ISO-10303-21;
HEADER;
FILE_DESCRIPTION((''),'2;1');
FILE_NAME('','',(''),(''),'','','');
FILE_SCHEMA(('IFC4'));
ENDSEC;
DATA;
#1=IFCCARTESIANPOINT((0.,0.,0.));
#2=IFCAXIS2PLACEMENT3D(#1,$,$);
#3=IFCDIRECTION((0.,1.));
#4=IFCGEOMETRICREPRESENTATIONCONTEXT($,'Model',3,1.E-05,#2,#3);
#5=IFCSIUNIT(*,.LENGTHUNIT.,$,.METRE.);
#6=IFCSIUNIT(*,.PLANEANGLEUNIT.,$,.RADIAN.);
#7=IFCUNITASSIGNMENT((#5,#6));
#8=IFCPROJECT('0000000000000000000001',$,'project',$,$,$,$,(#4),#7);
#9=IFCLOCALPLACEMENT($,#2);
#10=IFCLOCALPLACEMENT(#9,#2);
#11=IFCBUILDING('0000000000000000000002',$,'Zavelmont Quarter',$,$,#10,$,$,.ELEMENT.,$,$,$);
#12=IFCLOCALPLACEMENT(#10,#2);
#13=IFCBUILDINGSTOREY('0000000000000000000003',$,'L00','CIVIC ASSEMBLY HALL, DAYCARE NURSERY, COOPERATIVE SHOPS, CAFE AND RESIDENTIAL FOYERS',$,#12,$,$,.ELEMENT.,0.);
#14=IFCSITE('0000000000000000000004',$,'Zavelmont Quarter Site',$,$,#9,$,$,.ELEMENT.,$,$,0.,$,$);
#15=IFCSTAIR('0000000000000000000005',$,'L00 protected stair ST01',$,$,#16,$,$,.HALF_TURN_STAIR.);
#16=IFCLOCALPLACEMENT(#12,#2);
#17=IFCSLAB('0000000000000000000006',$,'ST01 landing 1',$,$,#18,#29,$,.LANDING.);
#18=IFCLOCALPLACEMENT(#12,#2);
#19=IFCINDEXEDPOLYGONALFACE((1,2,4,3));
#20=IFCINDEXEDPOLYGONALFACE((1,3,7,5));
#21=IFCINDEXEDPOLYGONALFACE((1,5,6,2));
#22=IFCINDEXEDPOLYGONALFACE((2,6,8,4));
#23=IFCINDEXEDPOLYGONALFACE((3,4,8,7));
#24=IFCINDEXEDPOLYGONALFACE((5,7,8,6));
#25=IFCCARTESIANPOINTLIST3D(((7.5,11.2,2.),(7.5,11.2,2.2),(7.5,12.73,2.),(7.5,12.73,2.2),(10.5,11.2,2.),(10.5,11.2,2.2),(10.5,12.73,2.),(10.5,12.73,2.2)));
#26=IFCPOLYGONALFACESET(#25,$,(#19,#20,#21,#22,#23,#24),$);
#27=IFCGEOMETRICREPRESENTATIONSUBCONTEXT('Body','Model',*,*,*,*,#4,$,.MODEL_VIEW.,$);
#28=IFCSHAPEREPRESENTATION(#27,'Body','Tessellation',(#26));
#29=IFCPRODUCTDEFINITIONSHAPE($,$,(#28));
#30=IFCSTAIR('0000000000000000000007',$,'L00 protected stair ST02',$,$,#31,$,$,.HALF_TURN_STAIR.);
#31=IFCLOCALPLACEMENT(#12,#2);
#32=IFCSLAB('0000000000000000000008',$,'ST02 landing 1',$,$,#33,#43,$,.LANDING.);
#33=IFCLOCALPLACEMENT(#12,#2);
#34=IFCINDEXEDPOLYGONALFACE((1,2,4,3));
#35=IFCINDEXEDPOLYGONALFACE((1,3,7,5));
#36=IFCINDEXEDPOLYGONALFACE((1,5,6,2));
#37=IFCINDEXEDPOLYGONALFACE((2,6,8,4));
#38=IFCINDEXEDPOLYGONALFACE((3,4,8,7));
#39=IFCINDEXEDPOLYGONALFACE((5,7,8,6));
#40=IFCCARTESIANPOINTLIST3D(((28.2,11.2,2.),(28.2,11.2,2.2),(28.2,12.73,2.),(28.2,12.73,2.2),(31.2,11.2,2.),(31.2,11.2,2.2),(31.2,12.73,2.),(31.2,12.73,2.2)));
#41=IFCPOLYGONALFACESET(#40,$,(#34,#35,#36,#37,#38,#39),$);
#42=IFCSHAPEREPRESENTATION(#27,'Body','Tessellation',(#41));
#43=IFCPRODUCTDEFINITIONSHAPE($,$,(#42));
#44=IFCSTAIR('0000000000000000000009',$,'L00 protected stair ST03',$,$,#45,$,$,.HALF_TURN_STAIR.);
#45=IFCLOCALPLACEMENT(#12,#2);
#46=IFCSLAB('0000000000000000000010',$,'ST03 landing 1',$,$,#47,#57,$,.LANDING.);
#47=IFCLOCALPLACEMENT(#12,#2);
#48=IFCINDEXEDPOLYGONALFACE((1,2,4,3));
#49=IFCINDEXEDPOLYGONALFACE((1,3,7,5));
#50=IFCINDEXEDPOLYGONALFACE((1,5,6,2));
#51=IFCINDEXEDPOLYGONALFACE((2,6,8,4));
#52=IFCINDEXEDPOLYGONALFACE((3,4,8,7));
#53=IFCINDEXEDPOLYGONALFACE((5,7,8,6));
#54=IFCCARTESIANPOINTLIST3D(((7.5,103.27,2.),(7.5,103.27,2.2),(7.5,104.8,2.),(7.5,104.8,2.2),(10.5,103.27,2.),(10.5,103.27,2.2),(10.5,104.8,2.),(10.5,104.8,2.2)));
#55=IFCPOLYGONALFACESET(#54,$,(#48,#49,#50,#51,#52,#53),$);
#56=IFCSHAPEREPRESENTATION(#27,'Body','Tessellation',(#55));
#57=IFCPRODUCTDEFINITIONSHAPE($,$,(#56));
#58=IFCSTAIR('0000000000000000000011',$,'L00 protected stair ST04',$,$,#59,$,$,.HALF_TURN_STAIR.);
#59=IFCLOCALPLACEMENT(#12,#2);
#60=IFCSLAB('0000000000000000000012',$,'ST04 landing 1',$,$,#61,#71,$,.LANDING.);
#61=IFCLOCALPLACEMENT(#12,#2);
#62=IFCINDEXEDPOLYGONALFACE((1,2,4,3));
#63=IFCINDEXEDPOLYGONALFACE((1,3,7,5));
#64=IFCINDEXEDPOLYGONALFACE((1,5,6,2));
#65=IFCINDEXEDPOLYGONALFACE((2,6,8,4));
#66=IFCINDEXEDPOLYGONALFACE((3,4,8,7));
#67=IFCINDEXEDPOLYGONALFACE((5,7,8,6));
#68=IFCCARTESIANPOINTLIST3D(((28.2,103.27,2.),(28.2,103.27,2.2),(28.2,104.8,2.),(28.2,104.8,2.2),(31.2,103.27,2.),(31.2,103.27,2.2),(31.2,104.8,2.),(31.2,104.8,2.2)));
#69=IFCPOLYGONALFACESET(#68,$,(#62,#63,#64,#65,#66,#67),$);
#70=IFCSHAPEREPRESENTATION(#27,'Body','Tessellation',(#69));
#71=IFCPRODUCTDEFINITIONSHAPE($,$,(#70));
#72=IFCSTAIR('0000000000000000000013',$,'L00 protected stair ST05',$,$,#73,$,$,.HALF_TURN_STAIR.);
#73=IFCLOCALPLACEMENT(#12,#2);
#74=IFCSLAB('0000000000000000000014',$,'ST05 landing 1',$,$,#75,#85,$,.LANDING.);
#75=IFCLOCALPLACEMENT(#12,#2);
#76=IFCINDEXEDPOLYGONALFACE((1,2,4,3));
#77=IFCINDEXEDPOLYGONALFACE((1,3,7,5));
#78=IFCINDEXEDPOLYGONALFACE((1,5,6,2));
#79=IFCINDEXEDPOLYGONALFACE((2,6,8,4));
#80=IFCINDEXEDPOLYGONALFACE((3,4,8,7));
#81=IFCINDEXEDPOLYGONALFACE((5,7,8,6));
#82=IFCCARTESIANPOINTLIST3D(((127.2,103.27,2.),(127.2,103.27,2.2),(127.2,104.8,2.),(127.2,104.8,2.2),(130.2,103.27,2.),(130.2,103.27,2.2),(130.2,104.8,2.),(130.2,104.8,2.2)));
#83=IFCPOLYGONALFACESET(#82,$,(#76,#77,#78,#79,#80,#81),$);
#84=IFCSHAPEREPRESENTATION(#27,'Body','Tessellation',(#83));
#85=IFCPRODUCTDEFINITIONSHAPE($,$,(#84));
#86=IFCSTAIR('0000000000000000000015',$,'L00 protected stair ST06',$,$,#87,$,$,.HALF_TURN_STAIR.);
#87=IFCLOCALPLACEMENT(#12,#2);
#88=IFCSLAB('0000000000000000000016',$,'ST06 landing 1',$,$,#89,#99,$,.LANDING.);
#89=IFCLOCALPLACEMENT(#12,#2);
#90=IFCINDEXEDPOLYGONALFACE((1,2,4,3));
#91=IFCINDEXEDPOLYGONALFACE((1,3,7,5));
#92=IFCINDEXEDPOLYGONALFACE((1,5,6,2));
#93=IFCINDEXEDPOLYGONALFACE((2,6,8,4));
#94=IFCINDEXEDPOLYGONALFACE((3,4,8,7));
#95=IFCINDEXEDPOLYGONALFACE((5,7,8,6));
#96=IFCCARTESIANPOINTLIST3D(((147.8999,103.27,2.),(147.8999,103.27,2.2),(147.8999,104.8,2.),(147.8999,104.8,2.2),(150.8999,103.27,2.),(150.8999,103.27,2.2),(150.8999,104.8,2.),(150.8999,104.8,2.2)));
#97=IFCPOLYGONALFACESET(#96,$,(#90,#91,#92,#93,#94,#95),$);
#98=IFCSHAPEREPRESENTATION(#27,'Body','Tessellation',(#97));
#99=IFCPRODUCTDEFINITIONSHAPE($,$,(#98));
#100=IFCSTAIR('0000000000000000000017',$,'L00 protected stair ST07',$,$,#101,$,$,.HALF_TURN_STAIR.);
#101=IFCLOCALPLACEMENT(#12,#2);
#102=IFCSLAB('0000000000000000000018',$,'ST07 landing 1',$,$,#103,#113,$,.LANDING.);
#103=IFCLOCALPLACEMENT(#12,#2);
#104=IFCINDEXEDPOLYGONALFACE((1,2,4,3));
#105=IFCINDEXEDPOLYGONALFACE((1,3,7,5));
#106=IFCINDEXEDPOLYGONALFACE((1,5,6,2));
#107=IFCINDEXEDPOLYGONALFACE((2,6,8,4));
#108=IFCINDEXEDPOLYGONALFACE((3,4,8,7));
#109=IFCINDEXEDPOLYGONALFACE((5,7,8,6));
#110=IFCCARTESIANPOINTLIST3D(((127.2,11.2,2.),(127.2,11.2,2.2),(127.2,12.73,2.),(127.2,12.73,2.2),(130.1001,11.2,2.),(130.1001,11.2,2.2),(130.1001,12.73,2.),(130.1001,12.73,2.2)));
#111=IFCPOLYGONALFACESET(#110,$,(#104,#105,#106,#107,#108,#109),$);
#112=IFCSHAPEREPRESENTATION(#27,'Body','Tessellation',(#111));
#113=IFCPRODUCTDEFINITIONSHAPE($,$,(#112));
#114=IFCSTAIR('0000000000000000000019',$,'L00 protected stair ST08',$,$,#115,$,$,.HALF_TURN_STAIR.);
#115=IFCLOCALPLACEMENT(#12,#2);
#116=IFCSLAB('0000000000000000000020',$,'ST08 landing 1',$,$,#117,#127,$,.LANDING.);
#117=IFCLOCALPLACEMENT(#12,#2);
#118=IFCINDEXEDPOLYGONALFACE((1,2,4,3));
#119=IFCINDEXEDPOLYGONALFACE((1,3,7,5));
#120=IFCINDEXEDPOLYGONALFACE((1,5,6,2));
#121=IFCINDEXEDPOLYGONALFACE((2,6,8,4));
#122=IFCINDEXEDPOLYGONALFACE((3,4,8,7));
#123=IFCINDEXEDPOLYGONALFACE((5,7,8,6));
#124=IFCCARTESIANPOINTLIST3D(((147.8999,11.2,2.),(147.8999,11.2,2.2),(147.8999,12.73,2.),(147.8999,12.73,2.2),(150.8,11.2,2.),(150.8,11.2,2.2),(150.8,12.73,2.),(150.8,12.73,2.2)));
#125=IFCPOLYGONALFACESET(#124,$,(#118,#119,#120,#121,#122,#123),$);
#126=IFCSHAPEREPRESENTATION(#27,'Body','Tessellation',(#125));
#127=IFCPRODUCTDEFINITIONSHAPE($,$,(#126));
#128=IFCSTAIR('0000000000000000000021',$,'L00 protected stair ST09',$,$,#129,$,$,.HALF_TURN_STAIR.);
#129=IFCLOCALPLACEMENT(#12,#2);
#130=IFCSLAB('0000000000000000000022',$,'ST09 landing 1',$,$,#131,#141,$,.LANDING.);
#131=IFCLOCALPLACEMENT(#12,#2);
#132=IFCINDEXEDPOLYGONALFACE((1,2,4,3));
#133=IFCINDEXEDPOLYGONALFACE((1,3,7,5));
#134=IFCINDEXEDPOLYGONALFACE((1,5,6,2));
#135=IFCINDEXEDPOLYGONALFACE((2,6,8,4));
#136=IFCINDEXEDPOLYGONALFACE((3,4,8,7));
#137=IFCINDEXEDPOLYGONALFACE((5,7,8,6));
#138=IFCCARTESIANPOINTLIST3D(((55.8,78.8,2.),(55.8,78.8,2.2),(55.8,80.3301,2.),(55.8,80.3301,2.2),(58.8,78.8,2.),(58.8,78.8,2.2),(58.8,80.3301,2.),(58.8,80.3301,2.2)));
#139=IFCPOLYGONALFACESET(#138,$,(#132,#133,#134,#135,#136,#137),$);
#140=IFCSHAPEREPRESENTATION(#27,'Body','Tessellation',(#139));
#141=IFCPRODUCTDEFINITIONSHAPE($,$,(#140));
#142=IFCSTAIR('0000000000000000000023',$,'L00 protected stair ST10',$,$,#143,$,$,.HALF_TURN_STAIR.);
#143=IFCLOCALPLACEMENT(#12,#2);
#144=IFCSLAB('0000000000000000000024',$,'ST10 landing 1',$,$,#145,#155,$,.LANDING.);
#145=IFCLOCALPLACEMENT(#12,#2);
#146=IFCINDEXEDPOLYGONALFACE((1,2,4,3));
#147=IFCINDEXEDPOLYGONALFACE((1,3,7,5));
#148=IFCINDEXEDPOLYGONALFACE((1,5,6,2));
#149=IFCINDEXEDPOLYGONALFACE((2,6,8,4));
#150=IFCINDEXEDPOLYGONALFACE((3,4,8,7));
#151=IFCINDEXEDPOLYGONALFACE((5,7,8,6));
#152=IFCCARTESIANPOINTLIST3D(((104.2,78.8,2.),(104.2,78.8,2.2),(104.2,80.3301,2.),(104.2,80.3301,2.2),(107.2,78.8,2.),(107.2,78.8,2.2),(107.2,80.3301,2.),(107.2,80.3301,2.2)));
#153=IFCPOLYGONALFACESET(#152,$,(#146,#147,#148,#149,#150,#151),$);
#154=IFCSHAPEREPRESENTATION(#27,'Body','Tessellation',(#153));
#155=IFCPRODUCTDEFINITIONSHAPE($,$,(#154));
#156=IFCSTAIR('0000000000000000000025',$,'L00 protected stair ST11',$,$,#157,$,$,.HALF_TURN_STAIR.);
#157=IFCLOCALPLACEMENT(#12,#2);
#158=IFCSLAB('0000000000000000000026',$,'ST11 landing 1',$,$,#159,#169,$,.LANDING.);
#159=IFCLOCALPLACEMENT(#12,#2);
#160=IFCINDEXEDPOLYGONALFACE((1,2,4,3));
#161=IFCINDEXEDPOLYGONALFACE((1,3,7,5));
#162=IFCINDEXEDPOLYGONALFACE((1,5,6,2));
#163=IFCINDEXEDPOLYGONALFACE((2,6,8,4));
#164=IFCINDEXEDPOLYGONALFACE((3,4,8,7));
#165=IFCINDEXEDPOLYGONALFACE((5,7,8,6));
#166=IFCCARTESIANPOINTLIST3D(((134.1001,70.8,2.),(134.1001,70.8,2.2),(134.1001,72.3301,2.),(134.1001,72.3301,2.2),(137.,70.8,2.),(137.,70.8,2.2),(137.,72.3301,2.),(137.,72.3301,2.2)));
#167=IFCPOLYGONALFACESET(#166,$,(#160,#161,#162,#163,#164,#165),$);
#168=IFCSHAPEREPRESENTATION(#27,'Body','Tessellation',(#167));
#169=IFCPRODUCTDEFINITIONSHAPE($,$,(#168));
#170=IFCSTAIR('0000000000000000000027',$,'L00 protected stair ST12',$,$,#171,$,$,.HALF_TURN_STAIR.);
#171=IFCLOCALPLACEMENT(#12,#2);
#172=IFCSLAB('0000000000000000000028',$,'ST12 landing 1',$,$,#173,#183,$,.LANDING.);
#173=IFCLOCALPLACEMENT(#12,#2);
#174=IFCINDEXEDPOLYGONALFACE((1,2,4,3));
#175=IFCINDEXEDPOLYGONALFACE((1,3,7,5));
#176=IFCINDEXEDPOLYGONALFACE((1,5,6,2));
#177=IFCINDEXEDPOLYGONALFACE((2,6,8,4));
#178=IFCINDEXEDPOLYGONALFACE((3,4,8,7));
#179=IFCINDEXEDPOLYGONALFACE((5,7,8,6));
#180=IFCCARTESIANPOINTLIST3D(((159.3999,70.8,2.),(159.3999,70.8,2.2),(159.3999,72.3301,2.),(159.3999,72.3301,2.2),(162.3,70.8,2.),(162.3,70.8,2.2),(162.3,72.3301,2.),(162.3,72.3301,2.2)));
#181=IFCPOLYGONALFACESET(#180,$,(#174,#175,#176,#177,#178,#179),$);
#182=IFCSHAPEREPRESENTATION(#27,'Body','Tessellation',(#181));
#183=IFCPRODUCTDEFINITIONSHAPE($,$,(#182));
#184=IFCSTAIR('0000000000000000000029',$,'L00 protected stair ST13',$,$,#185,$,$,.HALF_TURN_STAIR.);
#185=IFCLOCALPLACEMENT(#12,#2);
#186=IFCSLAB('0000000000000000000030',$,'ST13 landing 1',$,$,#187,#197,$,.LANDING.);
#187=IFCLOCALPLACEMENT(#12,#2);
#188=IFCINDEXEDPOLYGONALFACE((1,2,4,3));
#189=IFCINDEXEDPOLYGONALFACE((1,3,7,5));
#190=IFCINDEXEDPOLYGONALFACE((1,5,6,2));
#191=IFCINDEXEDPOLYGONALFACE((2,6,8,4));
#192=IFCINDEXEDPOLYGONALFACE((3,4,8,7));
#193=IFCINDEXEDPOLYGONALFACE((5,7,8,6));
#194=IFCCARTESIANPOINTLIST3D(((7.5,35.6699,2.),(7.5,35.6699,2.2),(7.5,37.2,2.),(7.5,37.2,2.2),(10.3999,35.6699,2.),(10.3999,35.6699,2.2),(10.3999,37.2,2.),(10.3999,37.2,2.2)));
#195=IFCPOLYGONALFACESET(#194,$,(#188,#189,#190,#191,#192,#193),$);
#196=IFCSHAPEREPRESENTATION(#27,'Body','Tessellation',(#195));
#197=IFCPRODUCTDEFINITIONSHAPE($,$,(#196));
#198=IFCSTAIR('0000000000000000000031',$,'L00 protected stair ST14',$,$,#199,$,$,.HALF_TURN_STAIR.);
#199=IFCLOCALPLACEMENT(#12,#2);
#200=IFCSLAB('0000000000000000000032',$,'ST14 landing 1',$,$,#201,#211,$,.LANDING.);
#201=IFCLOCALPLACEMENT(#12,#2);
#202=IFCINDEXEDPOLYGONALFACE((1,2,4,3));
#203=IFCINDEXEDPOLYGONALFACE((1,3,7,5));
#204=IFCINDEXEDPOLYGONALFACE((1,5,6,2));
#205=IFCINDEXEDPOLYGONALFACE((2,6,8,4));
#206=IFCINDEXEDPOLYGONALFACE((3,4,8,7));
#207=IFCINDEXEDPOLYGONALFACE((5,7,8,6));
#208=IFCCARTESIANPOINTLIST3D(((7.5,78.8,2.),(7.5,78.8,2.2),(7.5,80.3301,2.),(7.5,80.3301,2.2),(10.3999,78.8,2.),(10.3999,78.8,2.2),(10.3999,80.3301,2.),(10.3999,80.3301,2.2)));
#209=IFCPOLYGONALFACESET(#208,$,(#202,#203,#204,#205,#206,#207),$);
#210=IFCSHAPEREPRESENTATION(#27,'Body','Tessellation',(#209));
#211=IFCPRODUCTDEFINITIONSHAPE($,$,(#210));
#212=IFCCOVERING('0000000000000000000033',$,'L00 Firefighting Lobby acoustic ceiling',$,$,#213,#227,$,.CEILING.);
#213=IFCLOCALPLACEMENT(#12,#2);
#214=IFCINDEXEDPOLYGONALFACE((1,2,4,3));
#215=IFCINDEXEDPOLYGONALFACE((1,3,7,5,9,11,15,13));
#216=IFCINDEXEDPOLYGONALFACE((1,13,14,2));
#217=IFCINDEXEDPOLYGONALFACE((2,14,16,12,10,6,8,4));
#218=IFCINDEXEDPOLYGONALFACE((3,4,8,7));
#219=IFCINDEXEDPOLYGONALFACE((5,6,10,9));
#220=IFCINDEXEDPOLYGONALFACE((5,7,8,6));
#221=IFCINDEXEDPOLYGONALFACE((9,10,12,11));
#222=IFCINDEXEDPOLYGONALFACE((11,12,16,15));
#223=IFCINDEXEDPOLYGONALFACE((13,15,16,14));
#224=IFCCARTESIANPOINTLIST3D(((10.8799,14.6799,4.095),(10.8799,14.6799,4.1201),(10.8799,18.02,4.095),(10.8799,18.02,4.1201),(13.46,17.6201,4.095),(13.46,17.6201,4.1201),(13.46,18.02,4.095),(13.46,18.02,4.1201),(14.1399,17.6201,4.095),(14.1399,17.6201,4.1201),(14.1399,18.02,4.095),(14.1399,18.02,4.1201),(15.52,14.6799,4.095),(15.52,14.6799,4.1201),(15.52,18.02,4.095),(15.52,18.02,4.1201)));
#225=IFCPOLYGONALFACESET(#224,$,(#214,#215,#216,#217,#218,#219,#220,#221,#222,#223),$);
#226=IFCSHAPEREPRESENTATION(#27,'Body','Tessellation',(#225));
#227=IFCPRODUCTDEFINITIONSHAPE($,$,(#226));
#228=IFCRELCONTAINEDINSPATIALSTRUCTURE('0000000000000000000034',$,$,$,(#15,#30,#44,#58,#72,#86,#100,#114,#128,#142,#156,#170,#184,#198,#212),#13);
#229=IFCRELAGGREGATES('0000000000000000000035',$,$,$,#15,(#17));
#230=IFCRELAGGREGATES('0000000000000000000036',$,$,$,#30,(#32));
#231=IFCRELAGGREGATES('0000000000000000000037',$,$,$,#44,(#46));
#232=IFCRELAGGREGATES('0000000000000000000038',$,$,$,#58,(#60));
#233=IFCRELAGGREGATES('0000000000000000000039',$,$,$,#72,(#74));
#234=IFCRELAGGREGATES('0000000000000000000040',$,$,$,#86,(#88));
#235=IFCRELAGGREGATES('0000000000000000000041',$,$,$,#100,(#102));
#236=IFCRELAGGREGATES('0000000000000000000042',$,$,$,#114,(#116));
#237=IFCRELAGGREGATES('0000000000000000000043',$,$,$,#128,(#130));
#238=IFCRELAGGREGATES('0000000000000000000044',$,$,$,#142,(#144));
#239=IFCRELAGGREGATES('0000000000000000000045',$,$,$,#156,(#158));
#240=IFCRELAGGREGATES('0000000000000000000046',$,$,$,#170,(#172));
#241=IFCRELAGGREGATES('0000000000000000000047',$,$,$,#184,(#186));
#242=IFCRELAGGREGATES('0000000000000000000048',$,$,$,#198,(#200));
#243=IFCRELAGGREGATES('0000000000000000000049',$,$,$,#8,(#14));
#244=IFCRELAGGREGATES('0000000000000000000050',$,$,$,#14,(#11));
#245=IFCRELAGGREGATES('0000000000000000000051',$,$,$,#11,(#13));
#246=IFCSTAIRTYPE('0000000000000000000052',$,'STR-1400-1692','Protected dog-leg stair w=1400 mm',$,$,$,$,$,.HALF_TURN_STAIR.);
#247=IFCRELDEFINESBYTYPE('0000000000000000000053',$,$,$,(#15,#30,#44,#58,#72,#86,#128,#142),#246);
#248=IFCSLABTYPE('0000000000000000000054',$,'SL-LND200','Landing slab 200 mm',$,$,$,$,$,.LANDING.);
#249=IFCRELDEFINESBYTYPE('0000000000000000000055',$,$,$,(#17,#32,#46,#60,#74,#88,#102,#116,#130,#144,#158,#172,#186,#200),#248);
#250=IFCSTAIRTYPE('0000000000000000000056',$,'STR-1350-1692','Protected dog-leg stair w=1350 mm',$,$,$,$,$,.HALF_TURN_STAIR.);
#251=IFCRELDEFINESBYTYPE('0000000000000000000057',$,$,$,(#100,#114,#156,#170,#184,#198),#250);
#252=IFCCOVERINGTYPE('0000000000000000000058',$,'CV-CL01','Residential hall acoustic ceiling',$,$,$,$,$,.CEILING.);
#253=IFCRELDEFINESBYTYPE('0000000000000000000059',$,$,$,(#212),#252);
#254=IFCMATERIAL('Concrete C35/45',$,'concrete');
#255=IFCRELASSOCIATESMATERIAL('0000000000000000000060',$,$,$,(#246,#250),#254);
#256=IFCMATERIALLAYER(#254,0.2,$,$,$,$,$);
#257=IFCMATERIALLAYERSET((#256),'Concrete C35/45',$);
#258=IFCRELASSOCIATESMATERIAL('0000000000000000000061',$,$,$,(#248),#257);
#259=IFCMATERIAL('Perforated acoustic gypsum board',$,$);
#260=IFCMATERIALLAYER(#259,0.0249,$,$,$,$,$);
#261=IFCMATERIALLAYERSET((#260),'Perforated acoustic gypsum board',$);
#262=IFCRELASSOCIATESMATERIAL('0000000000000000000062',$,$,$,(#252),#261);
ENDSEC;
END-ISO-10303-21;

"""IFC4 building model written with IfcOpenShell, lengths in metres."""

from ifc_helpers import new_model, si_unit, direction, frame, origin, place, context, subcontext, project, spatial, polyline, outline, extrude, material, layer, layer_set, type_object, element, aggregate, save


model = new_model("IFC4")

# Units and contexts
model_context = context("Model", 3, precision=1e-05, world=origin(), true_north=direction((0.0, 1.0)))
body_context = subcontext(model_context, "Body", "Model", "MODEL_VIEW")
ifc_project = project(units=[si_unit("LENGTHUNIT", "METRE"), si_unit("PLANEANGLEUNIT", "RADIAN")], contexts=[model_context])

# Site, building, storey
site_placement = place(None, origin())
site = spatial("IfcSite", under=ifc_project, at=site_placement, Name="Zavelmont Quarter Site", CompositionType="ELEMENT", RefElevation=0.0)
building_placement = place(site_placement, origin())
building = spatial("IfcBuilding", under=site, at=building_placement, Name="Zavelmont Quarter", CompositionType="ELEMENT")
storey_placement = place(building_placement, origin())
storey = spatial("IfcBuildingStorey", under=building, at=storey_placement, Name="L00", Description="CIVIC ASSEMBLY HALL, DAYCARE NURSERY, COOPERATIVE SHOPS, CAFE AND RESIDENTIAL FOYERS", CompositionType="ELEMENT", Elevation=0.0)

# Stairs, slabs
ifc_material_1 = material(Name="Concrete C35/45", Category="concrete")
stair_type_1 = type_object("IfcStairType", Name="STR-1400-1692", Description="Protected dog-leg stair w=1400 mm", PredefinedType="HALF_TURN_STAIR", material=ifc_material_1)
stair_1_placement = place(storey_placement, origin())
stair_1 = element("IfcStair", 1, at=stair_1_placement, inside=storey, type_object=stair_type_1, Name="L00 protected stair ST01", PredefinedType="HALF_TURN_STAIR")
ifc_layer_1 = layer(ifc_material_1, 0.2)
ifc_layer_set_1 = layer_set([ifc_layer_1], Name="Concrete C35/45")
slab_type = type_object("IfcSlabType", Name="SL-LND200", Description="Landing slab 200 mm", PredefinedType="LANDING", material=ifc_layer_set_1)
slab_1_placement = place(storey_placement, frame((0.0, 0.0, 2.0)))
slab_1 = element("IfcSlab", 2, at=slab_1_placement, type_object=slab_type, Name="ST01 landing 1", PredefinedType="LANDING", context=body_context, shape_type="SweptSolid", body=[
    extrude(outline(polyline([(7.5, 12.73), (7.5, 11.2), (10.5, 11.2), (10.5, 12.73), (7.5, 12.73)])), origin(), (0.0, 0.0, 1.0), 0.2),
])
aggregate(stair_1, [slab_1])
stair_2_placement = place(storey_placement, origin())
stair_2 = element("IfcStair", 3, at=stair_2_placement, inside=storey, type_object=stair_type_1, Name="L00 protected stair ST02", PredefinedType="HALF_TURN_STAIR")
slab_2_placement = place(storey_placement, frame((0.0, 0.0, 2.0)))
slab_2 = element("IfcSlab", 4, at=slab_2_placement, type_object=slab_type, Name="ST02 landing 1", PredefinedType="LANDING", context=body_context, shape_type="SweptSolid", body=[
    extrude(outline(polyline([(28.2, 12.73), (28.2, 11.2), (31.2, 11.2), (31.2, 12.73), (28.2, 12.73)])), origin(), (0.0, 0.0, 1.0), 0.2),
])
aggregate(stair_2, [slab_2])
stair_3_placement = place(storey_placement, origin())
stair_3 = element("IfcStair", 5, at=stair_3_placement, inside=storey, type_object=stair_type_1, Name="L00 protected stair ST03", PredefinedType="HALF_TURN_STAIR")
slab_3_placement = place(storey_placement, frame((0.0, 0.0, 2.0)))
slab_3 = element("IfcSlab", 6, at=slab_3_placement, type_object=slab_type, Name="ST03 landing 1", PredefinedType="LANDING", context=body_context, shape_type="SweptSolid", body=[
    extrude(outline(polyline([(10.5, 103.27), (10.5, 104.8), (7.5, 104.8), (7.5, 103.27), (10.5, 103.27)])), origin(), (0.0, 0.0, 1.0), 0.2),
])
aggregate(stair_3, [slab_3])
stair_4_placement = place(storey_placement, origin())
stair_4 = element("IfcStair", 7, at=stair_4_placement, inside=storey, type_object=stair_type_1, Name="L00 protected stair ST04", PredefinedType="HALF_TURN_STAIR")
slab_4_placement = place(storey_placement, frame((0.0, 0.0, 2.0)))
slab_4 = element("IfcSlab", 8, at=slab_4_placement, type_object=slab_type, Name="ST04 landing 1", PredefinedType="LANDING", context=body_context, shape_type="SweptSolid", body=[
    extrude(outline(polyline([(31.2, 103.27), (31.2, 104.8), (28.2, 104.8), (28.2, 103.27), (31.2, 103.27)])), origin(), (0.0, 0.0, 1.0), 0.2),
])
aggregate(stair_4, [slab_4])
stair_5_placement = place(storey_placement, origin())
stair_5 = element("IfcStair", 9, at=stair_5_placement, inside=storey, type_object=stair_type_1, Name="L00 protected stair ST05", PredefinedType="HALF_TURN_STAIR")
slab_5_placement = place(storey_placement, frame((0.0, 0.0, 2.0)))
slab_5 = element("IfcSlab", 10, at=slab_5_placement, type_object=slab_type, Name="ST05 landing 1", PredefinedType="LANDING", context=body_context, shape_type="SweptSolid", body=[
    extrude(outline(polyline([(130.2, 103.27), (130.2, 104.8), (127.2, 104.8), (127.2, 103.27), (130.2, 103.27)])), origin(), (0.0, 0.0, 1.0), 0.2),
])
aggregate(stair_5, [slab_5])
stair_6_placement = place(storey_placement, origin())
stair_6 = element("IfcStair", 11, at=stair_6_placement, inside=storey, type_object=stair_type_1, Name="L00 protected stair ST06", PredefinedType="HALF_TURN_STAIR")
slab_6_placement = place(storey_placement, frame((0.0, 0.0, 2.0)))
slab_6 = element("IfcSlab", 12, at=slab_6_placement, type_object=slab_type, Name="ST06 landing 1", PredefinedType="LANDING", context=body_context, shape_type="SweptSolid", body=[
    extrude(outline(polyline([(150.8999, 103.27), (150.8999, 104.8), (147.8999, 104.8), (147.8999, 103.27), (150.8999, 103.27)])), origin(), (0.0, 0.0, 1.0), 0.2),
])
aggregate(stair_6, [slab_6])
stair_type_2 = type_object("IfcStairType", Name="STR-1350-1692", Description="Protected dog-leg stair w=1350 mm", PredefinedType="HALF_TURN_STAIR", material=ifc_material_1)
stair_7_placement = place(storey_placement, origin())
stair_7 = element("IfcStair", 13, at=stair_7_placement, inside=storey, type_object=stair_type_2, Name="L00 protected stair ST07", PredefinedType="HALF_TURN_STAIR")
slab_7_placement = place(storey_placement, frame((0.0, 0.0, 2.0)))
slab_7 = element("IfcSlab", 14, at=slab_7_placement, type_object=slab_type, Name="ST07 landing 1", PredefinedType="LANDING", context=body_context, shape_type="SweptSolid", body=[
    extrude(outline(polyline([(127.2, 12.73), (127.2, 11.2), (130.1001, 11.2), (130.1001, 12.73), (127.2, 12.73)])), origin(), (0.0, 0.0, 1.0), 0.2),
])
aggregate(stair_7, [slab_7])
stair_8_placement = place(storey_placement, origin())
stair_8 = element("IfcStair", 15, at=stair_8_placement, inside=storey, type_object=stair_type_2, Name="L00 protected stair ST08", PredefinedType="HALF_TURN_STAIR")
slab_8_placement = place(storey_placement, frame((0.0, 0.0, 2.0)))
slab_8 = element("IfcSlab", 16, at=slab_8_placement, type_object=slab_type, Name="ST08 landing 1", PredefinedType="LANDING", context=body_context, shape_type="SweptSolid", body=[
    extrude(outline(polyline([(147.8999, 12.73), (147.8999, 11.2), (150.8, 11.2), (150.8, 12.73), (147.8999, 12.73)])), origin(), (0.0, 0.0, 1.0), 0.2),
])
aggregate(stair_8, [slab_8])
stair_9_placement = place(storey_placement, origin())
stair_9 = element("IfcStair", 17, at=stair_9_placement, inside=storey, type_object=stair_type_1, Name="L00 protected stair ST09", PredefinedType="HALF_TURN_STAIR")
slab_9_placement = place(storey_placement, frame((0.0, 0.0, 2.0)))
slab_9 = element("IfcSlab", 18, at=slab_9_placement, type_object=slab_type, Name="ST09 landing 1", PredefinedType="LANDING", context=body_context, shape_type="SweptSolid", body=[
    extrude(outline(polyline([(55.8, 80.3301), (55.8, 78.8), (58.8, 78.8), (58.8, 80.3301), (55.8, 80.3301)])), origin(), (0.0, 0.0, 1.0), 0.2),
])
aggregate(stair_9, [slab_9])
stair_10_placement = place(storey_placement, origin())
stair_10 = element("IfcStair", 19, at=stair_10_placement, inside=storey, type_object=stair_type_1, Name="L00 protected stair ST10", PredefinedType="HALF_TURN_STAIR")
slab_10_placement = place(storey_placement, frame((0.0, 0.0, 2.0)))
slab_10 = element("IfcSlab", 20, at=slab_10_placement, type_object=slab_type, Name="ST10 landing 1", PredefinedType="LANDING", context=body_context, shape_type="SweptSolid", body=[
    extrude(outline(polyline([(104.2, 80.3301), (104.2, 78.8), (107.2, 78.8), (107.2, 80.3301), (104.2, 80.3301)])), origin(), (0.0, 0.0, 1.0), 0.2),
])
aggregate(stair_10, [slab_10])
stair_11_placement = place(storey_placement, origin())
stair_11 = element("IfcStair", 21, at=stair_11_placement, inside=storey, type_object=stair_type_2, Name="L00 protected stair ST11", PredefinedType="HALF_TURN_STAIR")
slab_11_placement = place(storey_placement, frame((0.0, 0.0, 2.0)))
slab_11 = element("IfcSlab", 22, at=slab_11_placement, type_object=slab_type, Name="ST11 landing 1", PredefinedType="LANDING", context=body_context, shape_type="SweptSolid", body=[
    extrude(outline(polyline([(134.1001, 72.3301), (134.1001, 70.8), (137.0, 70.8), (137.0, 72.3301), (134.1001, 72.3301)])), origin(), (0.0, 0.0, 1.0), 0.2),
])
aggregate(stair_11, [slab_11])
stair_12_placement = place(storey_placement, origin())
stair_12 = element("IfcStair", 23, at=stair_12_placement, inside=storey, type_object=stair_type_2, Name="L00 protected stair ST12", PredefinedType="HALF_TURN_STAIR")
slab_12_placement = place(storey_placement, frame((0.0, 0.0, 2.0)))
slab_12 = element("IfcSlab", 24, at=slab_12_placement, type_object=slab_type, Name="ST12 landing 1", PredefinedType="LANDING", context=body_context, shape_type="SweptSolid", body=[
    extrude(outline(polyline([(159.3999, 72.3301), (159.3999, 70.8), (162.3, 70.8), (162.3, 72.3301), (159.3999, 72.3301)])), origin(), (0.0, 0.0, 1.0), 0.2),
])
aggregate(stair_12, [slab_12])
stair_13_placement = place(storey_placement, origin())
stair_13 = element("IfcStair", 25, at=stair_13_placement, inside=storey, type_object=stair_type_2, Name="L00 protected stair ST13", PredefinedType="HALF_TURN_STAIR")
slab_13_placement = place(storey_placement, frame((0.0, 0.0, 2.0)))
slab_13 = element("IfcSlab", 26, at=slab_13_placement, type_object=slab_type, Name="ST13 landing 1", PredefinedType="LANDING", context=body_context, shape_type="SweptSolid", body=[
    extrude(outline(polyline([(10.3999, 35.6699), (10.3999, 37.2), (7.5, 37.2), (7.5, 35.6699), (10.3999, 35.6699)])), origin(), (0.0, 0.0, 1.0), 0.2),
])
aggregate(stair_13, [slab_13])
stair_14_placement = place(storey_placement, origin())
stair_14 = element("IfcStair", 27, at=stair_14_placement, inside=storey, type_object=stair_type_2, Name="L00 protected stair ST14", PredefinedType="HALF_TURN_STAIR")
slab_14_placement = place(storey_placement, frame((0.0, 0.0, 2.0)))
slab_14 = element("IfcSlab", 28, at=slab_14_placement, type_object=slab_type, Name="ST14 landing 1", PredefinedType="LANDING", context=body_context, shape_type="SweptSolid", body=[
    extrude(outline(polyline([(7.5, 80.3301), (7.5, 78.8), (10.3999, 78.8), (10.3999, 80.3301), (7.5, 80.3301)])), origin(), (0.0, 0.0, 1.0), 0.2),
])
aggregate(stair_14, [slab_14])

# Covering
ifc_material_2 = material(Name="Perforated acoustic gypsum board")
ifc_layer_2 = layer(ifc_material_2, 0.0249)
ifc_layer_set_2 = layer_set([ifc_layer_2], Name="Perforated acoustic gypsum board")
covering_type_1 = type_object("IfcCoveringType", Name="CV-CL01", Description="Residential hall acoustic ceiling", PredefinedType="CEILING", material=ifc_layer_set_2)
covering_1_placement = place(storey_placement, frame((0.0, 0.0, 4.095)))
element("IfcCovering", 29, at=covering_1_placement, inside=storey, type_object=covering_type_1, Name="L00 Firefighting Lobby acoustic ceiling", PredefinedType="CEILING", context=body_context, shape_type="SweptSolid", body=[
    extrude(outline(polyline([(10.8799, 18.02), (13.46, 18.02), (13.46, 17.6201), (14.1399, 17.6201), (14.1399, 18.02), (15.52, 18.02), (15.52, 14.6799), (10.8799, 14.6799), (10.8799, 18.02)])), origin(), (0.0, 0.0, 1.0), 0.0251),
])

save(model, "model.ifc")
